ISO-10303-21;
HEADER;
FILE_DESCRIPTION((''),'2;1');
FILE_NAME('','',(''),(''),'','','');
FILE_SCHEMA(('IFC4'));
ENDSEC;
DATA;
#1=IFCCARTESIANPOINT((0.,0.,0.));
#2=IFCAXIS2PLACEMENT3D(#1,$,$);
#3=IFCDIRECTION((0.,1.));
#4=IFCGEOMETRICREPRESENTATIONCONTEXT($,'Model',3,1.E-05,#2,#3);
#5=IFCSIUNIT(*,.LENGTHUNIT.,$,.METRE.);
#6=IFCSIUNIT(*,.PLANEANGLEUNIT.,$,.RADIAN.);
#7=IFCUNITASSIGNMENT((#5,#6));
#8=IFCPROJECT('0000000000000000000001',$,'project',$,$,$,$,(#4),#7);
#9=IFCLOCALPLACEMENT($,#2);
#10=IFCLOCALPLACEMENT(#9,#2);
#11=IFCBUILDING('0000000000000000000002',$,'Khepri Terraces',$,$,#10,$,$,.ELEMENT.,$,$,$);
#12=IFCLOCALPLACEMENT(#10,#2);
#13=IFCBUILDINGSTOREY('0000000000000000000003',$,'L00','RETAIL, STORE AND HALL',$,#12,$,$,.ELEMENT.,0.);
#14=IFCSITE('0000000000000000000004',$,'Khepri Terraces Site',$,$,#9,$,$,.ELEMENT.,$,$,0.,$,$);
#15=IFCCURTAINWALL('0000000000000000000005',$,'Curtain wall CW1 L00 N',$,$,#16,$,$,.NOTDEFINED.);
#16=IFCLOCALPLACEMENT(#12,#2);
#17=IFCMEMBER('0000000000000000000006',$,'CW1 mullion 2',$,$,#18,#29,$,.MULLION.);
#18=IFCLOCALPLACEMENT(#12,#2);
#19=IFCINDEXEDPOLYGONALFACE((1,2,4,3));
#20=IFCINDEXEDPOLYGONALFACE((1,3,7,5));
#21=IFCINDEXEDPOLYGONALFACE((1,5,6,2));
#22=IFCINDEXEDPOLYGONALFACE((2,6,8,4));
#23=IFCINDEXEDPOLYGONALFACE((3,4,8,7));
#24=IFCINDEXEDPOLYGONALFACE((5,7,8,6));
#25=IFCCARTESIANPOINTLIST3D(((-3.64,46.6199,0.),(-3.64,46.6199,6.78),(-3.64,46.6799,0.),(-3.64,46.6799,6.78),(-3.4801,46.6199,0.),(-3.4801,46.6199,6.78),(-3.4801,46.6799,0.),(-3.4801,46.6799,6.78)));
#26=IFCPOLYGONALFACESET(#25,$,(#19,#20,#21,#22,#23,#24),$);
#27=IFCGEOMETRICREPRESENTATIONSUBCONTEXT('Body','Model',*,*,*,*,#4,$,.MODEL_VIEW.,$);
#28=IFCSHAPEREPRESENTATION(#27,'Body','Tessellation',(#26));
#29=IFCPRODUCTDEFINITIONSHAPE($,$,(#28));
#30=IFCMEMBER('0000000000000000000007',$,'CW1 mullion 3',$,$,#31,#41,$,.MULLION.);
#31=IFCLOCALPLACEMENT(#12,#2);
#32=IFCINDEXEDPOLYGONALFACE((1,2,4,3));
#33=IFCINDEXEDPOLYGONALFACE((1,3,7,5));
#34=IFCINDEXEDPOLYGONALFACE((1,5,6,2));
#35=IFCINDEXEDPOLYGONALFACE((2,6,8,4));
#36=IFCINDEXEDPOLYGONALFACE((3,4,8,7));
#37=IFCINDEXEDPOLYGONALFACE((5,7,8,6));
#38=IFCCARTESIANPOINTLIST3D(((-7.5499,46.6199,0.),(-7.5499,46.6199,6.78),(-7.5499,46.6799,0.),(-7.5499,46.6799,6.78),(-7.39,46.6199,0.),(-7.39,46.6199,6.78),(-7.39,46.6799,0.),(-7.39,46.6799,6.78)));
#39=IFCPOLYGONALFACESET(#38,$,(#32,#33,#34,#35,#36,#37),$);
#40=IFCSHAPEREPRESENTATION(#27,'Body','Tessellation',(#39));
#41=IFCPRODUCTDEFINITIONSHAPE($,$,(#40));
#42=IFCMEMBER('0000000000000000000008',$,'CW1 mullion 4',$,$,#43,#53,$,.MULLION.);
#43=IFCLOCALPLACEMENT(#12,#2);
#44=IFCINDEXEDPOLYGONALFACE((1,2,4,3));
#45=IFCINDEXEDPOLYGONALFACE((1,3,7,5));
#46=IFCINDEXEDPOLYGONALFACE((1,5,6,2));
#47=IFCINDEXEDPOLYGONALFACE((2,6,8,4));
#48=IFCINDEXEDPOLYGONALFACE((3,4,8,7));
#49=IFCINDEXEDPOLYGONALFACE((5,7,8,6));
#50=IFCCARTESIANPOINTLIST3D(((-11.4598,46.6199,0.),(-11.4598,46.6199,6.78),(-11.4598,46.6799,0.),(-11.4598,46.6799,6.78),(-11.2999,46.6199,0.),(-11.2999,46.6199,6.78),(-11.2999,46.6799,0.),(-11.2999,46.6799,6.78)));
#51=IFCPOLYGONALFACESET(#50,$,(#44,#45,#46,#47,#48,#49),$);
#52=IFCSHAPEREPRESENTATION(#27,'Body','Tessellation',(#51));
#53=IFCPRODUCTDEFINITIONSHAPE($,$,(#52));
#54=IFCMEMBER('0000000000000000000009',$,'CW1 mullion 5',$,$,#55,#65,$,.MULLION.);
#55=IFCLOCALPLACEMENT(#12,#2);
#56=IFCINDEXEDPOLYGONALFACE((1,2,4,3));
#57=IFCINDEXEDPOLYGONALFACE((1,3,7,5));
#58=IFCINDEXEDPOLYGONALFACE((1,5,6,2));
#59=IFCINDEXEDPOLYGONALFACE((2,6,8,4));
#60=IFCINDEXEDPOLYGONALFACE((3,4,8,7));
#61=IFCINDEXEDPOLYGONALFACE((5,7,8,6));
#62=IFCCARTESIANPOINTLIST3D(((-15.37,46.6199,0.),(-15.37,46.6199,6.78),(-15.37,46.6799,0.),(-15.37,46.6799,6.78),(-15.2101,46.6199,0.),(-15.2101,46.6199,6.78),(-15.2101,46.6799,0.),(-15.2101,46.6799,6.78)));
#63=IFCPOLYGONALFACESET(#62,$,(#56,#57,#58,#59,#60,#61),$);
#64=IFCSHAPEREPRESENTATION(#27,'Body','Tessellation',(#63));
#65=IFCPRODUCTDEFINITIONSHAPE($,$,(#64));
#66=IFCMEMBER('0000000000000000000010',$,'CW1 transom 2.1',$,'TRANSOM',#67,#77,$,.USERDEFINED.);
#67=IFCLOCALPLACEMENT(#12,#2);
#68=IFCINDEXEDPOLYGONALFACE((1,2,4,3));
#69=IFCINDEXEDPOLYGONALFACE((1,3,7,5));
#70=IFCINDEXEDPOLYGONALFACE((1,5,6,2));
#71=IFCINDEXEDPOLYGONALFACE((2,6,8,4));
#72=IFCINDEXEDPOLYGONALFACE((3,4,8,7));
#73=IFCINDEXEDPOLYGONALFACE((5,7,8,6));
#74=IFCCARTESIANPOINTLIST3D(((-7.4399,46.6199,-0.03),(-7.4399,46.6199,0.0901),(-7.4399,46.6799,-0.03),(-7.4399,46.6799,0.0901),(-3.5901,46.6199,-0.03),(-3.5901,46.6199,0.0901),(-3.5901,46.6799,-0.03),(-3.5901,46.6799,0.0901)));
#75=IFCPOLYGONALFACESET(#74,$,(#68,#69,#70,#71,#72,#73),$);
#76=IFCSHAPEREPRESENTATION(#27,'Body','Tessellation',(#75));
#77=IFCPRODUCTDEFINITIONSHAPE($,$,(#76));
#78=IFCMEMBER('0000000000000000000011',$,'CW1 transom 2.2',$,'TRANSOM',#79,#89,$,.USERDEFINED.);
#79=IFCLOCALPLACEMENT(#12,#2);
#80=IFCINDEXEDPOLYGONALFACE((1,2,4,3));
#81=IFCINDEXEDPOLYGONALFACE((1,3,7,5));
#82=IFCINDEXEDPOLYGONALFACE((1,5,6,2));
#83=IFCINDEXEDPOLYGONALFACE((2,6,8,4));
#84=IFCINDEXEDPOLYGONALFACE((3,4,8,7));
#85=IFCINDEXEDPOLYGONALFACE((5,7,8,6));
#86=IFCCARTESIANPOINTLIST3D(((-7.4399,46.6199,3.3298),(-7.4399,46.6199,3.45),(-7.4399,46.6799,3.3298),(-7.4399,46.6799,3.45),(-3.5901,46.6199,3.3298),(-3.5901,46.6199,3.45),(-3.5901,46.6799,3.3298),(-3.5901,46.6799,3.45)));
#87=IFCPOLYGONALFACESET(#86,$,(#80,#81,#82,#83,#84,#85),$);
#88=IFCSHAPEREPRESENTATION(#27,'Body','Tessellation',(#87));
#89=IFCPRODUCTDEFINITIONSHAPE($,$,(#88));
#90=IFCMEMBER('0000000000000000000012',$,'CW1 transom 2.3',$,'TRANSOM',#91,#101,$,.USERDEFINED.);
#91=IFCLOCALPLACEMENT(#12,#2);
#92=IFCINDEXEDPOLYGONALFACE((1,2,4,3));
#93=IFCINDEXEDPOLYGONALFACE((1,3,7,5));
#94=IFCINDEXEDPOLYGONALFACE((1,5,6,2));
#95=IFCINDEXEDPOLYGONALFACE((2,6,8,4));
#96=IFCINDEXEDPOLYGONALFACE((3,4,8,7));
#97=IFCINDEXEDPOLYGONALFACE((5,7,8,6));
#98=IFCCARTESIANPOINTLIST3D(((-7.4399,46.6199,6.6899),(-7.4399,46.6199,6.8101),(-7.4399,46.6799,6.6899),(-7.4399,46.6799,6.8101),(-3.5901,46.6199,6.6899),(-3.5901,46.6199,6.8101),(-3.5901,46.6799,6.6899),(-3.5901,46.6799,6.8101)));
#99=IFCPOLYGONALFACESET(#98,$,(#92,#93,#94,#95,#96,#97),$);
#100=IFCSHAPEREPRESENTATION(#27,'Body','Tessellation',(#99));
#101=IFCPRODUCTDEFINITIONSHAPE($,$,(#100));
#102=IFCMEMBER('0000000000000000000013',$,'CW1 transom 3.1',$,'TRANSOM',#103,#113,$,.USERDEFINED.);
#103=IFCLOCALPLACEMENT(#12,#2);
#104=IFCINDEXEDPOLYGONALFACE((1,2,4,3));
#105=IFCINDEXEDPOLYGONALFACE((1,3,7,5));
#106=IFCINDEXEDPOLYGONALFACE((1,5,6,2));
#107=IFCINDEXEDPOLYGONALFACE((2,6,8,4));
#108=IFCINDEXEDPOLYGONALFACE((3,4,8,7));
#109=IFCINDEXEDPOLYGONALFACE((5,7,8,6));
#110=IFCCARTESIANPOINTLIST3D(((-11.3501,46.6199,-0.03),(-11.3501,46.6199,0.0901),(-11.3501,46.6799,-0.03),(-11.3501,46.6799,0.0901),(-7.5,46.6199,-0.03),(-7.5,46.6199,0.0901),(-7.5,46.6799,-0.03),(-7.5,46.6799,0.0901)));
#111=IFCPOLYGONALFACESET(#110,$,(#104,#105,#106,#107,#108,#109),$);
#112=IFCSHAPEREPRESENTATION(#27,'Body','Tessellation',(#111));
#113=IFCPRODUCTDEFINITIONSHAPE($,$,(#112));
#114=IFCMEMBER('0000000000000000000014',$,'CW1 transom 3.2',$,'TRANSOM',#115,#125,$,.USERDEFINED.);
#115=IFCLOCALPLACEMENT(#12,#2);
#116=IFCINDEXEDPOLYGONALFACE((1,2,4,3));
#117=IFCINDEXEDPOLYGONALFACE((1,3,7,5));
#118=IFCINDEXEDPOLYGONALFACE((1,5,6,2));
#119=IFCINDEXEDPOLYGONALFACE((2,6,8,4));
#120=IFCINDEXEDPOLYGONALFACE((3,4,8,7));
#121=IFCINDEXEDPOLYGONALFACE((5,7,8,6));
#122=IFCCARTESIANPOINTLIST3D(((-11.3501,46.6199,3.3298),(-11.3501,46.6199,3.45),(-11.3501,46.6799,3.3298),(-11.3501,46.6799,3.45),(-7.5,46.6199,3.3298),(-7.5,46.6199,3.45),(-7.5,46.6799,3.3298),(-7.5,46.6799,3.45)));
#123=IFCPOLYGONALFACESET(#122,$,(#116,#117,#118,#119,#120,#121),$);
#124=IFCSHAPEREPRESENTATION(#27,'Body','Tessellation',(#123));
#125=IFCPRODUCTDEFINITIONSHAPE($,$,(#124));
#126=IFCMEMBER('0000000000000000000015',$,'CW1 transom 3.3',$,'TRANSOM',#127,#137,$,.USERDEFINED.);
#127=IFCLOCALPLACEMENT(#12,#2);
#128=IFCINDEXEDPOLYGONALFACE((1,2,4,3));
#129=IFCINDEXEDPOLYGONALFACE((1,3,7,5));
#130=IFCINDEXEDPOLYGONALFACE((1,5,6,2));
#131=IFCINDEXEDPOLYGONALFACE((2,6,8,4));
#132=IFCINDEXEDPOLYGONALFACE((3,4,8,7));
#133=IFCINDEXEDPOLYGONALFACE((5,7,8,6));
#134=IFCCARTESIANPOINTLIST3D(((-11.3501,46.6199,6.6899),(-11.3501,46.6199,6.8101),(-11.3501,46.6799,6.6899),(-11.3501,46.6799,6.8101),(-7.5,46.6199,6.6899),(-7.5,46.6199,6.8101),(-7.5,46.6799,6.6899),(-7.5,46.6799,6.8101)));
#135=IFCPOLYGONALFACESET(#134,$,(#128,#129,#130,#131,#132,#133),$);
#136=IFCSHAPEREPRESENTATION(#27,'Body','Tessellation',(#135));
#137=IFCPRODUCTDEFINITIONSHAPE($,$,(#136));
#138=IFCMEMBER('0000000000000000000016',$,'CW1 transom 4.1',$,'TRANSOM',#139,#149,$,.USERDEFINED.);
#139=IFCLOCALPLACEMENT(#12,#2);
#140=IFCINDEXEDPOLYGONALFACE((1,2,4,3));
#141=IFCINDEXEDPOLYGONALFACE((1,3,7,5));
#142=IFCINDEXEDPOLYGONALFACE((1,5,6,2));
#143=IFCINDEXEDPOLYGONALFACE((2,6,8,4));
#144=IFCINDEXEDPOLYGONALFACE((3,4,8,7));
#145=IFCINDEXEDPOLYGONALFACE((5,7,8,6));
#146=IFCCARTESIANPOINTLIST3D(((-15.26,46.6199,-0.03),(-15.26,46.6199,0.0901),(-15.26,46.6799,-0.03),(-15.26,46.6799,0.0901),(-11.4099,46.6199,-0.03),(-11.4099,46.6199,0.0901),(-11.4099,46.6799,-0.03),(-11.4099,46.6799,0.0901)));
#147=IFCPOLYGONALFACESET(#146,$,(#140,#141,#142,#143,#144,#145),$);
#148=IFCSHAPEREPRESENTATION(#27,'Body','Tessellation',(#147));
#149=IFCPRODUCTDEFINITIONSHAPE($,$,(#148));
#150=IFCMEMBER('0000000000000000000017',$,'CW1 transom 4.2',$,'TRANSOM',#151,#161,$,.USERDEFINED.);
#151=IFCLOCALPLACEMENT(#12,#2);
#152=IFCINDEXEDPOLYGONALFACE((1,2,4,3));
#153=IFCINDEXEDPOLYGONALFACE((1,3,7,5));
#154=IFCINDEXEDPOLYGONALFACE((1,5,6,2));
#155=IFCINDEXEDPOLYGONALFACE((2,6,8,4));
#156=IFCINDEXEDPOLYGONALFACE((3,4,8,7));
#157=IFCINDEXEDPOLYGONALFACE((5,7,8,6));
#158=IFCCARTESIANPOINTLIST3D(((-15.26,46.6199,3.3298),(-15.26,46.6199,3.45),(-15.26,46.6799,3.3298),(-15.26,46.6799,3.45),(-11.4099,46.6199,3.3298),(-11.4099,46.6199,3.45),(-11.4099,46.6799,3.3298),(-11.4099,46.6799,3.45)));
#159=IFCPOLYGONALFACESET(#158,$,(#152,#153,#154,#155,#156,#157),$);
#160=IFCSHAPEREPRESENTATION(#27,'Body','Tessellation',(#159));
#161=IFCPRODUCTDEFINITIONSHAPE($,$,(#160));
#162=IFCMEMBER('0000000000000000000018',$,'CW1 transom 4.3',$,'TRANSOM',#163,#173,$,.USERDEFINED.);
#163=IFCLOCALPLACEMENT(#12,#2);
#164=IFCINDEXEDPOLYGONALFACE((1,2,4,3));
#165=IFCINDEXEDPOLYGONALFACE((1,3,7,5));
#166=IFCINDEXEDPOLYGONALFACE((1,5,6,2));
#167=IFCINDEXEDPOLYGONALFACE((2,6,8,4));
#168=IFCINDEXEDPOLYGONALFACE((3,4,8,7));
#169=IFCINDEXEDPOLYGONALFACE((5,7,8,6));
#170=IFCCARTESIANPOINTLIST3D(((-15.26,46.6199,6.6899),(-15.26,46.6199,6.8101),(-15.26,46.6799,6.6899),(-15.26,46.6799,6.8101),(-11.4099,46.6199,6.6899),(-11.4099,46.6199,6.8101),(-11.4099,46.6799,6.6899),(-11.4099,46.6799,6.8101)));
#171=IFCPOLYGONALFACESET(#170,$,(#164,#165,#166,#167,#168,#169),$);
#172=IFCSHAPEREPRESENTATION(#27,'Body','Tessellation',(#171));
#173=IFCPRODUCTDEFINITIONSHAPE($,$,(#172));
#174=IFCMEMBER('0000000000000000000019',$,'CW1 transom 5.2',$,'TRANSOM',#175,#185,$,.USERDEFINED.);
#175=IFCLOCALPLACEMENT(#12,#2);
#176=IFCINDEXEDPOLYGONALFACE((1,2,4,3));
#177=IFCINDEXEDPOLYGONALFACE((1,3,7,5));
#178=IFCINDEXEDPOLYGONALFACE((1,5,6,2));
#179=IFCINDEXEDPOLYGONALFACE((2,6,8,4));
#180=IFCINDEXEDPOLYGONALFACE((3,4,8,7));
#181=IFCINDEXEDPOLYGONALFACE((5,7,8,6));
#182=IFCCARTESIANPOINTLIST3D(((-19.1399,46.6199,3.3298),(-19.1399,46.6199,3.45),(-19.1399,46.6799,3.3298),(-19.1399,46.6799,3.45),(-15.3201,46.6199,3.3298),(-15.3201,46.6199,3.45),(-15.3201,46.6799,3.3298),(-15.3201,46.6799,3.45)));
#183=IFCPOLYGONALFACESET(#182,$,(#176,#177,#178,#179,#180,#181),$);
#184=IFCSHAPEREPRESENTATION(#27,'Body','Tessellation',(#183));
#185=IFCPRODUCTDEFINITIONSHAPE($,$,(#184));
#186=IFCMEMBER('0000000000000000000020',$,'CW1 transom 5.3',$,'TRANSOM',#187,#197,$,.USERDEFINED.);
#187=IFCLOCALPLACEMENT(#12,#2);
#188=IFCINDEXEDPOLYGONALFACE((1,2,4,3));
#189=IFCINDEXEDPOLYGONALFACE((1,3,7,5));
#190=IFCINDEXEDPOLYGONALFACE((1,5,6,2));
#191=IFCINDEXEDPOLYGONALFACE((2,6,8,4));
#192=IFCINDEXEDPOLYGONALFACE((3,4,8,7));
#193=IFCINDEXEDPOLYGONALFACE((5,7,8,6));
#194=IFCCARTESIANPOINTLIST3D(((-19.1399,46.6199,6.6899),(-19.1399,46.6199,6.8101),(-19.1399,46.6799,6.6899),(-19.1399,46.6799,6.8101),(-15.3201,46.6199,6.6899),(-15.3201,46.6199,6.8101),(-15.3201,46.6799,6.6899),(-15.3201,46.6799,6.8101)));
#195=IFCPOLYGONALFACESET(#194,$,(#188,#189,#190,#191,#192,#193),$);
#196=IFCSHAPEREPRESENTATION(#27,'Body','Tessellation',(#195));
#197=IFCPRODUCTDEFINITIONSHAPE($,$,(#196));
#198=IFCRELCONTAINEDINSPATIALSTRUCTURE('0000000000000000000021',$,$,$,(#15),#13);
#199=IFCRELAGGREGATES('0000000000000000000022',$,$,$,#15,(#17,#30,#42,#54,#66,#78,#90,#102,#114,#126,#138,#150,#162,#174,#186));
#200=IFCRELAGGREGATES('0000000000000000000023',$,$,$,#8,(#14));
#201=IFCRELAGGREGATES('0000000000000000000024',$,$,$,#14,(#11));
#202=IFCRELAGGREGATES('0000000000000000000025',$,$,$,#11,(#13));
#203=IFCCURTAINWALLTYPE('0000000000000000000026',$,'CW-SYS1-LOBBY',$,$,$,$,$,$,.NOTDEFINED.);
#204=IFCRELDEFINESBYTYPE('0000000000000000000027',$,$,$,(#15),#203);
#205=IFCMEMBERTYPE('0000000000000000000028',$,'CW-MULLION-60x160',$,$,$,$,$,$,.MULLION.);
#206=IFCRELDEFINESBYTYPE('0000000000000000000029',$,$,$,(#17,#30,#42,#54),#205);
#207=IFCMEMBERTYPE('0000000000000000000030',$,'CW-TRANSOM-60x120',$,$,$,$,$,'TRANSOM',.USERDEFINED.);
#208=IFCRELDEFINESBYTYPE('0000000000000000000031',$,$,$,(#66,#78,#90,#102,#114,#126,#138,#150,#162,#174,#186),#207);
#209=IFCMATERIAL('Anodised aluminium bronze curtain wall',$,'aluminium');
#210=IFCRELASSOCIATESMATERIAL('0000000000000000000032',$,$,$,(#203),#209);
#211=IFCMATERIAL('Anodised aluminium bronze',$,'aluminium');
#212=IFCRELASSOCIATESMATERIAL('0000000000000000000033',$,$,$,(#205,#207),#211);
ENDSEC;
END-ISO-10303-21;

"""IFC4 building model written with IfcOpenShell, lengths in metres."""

from ifc_helpers import new_model, si_unit, direction, frame, origin, origin_2d, place, context, subcontext, project, spatial, rectangle, extrude, material, material_profile, profile_set, type_object, element, aggregate, save


model = new_model("IFC4")

# Units and contexts
model_context = context("Model", 3, precision=1e-05, world=origin(), true_north=direction((0.0, 1.0)))
body_context = subcontext(model_context, "Body", "Model", "MODEL_VIEW")
ifc_project = project(units=[si_unit("LENGTHUNIT", "METRE"), si_unit("PLANEANGLEUNIT", "RADIAN")], contexts=[model_context])

# Site, building, storey
site_placement = place(None, origin())
site = spatial("IfcSite", under=ifc_project, at=site_placement, Name="Khepri Terraces Site", CompositionType="ELEMENT", RefElevation=0.0)
building_placement = place(site_placement, origin())
building = spatial("IfcBuilding", under=site, at=building_placement, Name="Khepri Terraces", CompositionType="ELEMENT")
storey_placement = place(building_placement, origin())
storey = spatial("IfcBuildingStorey", under=building, at=storey_placement, Name="L00", Description="RETAIL, STORE AND HALL", CompositionType="ELEMENT", Elevation=0.0)

# Curtain wall, members
ifc_material_1 = material(Name="Anodised aluminium bronze curtain wall", Category="aluminium")
curtain_wall_type = type_object("IfcCurtainWallType", Name="CW-SYS1-LOBBY", PredefinedType="NOTDEFINED", material=ifc_material_1)
curtain_wall_placement = place(storey_placement, origin())
curtain_wall = element("IfcCurtainWall", 1, at=curtain_wall_placement, inside=storey, type_object=curtain_wall_type, Name="Curtain wall CW1 L00 N", PredefinedType="NOTDEFINED")
ifc_material_2 = material(Name="Anodised aluminium bronze", Category="aluminium")
ifc_material_profile_1 = material_profile(ifc_material_2, rectangle(XDim=0.0601, YDim=0.1599, at=origin_2d()), Name="Anodised aluminium bronze", Category="aluminium")
ifc_profile_set_1 = profile_set([ifc_material_profile_1], Name="Anodised aluminium bronze")
member_type_1 = type_object("IfcMemberType", Name="CW-MULLION-60x160", PredefinedType="MULLION", material=ifc_profile_set_1)
member_1_placement = place(storey_placement, frame((-3.5601, 46.6499, 0.0), z_axis=(0.0, 0.0, 1.0), x_axis=(0.0, -1.0, 0.0)))
member_1 = element("IfcMember", 2, at=member_1_placement, type_object=member_type_1, Name="CW1 mullion 2", PredefinedType="MULLION", context=body_context, shape_type="SweptSolid", body=[
    extrude(rectangle(XDim=0.0601, YDim=0.1599, at=origin_2d()), origin(), (0.0, 0.0, 1.0), 6.78),
])
member_2_placement = place(storey_placement, frame((-7.47, 46.6499, 0.0), z_axis=(0.0, 0.0, 1.0), x_axis=(0.0, -1.0, 0.0)))
member_2 = element("IfcMember", 3, at=member_2_placement, type_object=member_type_1, Name="CW1 mullion 3", PredefinedType="MULLION", context=body_context, shape_type="SweptSolid", body=[
    extrude(rectangle(XDim=0.0601, YDim=0.1599, at=origin_2d()), origin(), (0.0, 0.0, 1.0), 6.78),
])
member_3_placement = place(storey_placement, frame((-11.3799, 46.6499, 0.0), z_axis=(0.0, 0.0, 1.0), x_axis=(0.0, -1.0, 0.0)))
member_3 = element("IfcMember", 4, at=member_3_placement, type_object=member_type_1, Name="CW1 mullion 4", PredefinedType="MULLION", context=body_context, shape_type="SweptSolid", body=[
    extrude(rectangle(XDim=0.0601, YDim=0.1599, at=origin_2d()), origin(), (0.0, 0.0, 1.0), 6.78),
])
member_4_placement = place(storey_placement, frame((-15.29, 46.6499, 0.0), z_axis=(0.0, 0.0, 1.0), x_axis=(0.0, -1.0, 0.0)))
member_4 = element("IfcMember", 5, at=member_4_placement, type_object=member_type_1, Name="CW1 mullion 5", PredefinedType="MULLION", context=body_context, shape_type="SweptSolid", body=[
    extrude(rectangle(XDim=0.0601, YDim=0.1599, at=origin_2d()), origin(), (0.0, 0.0, 1.0), 6.78),
])
ifc_material_profile_2 = material_profile(ifc_material_2, rectangle(XDim=0.0601, YDim=0.1201, at=origin_2d()), Name="Anodised aluminium bronze", Category="aluminium")
ifc_profile_set_2 = profile_set([ifc_material_profile_2], Name="Anodised aluminium bronze")
member_type_2 = type_object("IfcMemberType", Name="CW-TRANSOM-60x120", ElementType="TRANSOM", PredefinedType="USERDEFINED", material=ifc_profile_set_2)
member_5_placement = place(storey_placement, frame((-3.5901, 46.6499, 0.03), z_axis=(-1.0, 0.0, 0.0), x_axis=(0.0, -1.0, 0.0)))
member_5 = element("IfcMember", 6, at=member_5_placement, type_object=member_type_2, Name="CW1 transom 2.1", ObjectType="TRANSOM", PredefinedType="USERDEFINED", context=body_context, shape_type="SweptSolid", body=[
    extrude(rectangle(XDim=0.0601, YDim=0.1201, at=origin_2d()), origin(), (0.0, 0.0, 1.0), 3.8499),
])
member_6_placement = place(storey_placement, frame((-3.5901, 46.6499, 3.3899), z_axis=(-1.0, 0.0, 0.0), x_axis=(0.0, -1.0, 0.0)))
member_6 = element("IfcMember", 7, at=member_6_placement, type_object=member_type_2, Name="CW1 transom 2.2", ObjectType="TRANSOM", PredefinedType="USERDEFINED", context=body_context, shape_type="SweptSolid", body=[
    extrude(rectangle(XDim=0.0601, YDim=0.1201, at=origin_2d()), origin(), (0.0, 0.0, 1.0), 3.8499),
])
member_7_placement = place(storey_placement, frame((-3.5901, 46.6499, 6.75), z_axis=(-1.0, 0.0, 0.0), x_axis=(0.0, -1.0, 0.0)))
member_7 = element("IfcMember", 8, at=member_7_placement, type_object=member_type_2, Name="CW1 transom 2.3", ObjectType="TRANSOM", PredefinedType="USERDEFINED", context=body_context, shape_type="SweptSolid", body=[
    extrude(rectangle(XDim=0.0601, YDim=0.1201, at=origin_2d()), origin(), (0.0, 0.0, 1.0), 3.8499),
])
member_8_placement = place(storey_placement, frame((-7.5, 46.6499, 0.03), z_axis=(-1.0, 0.0, 0.0), x_axis=(0.0, -1.0, 0.0)))
member_8 = element("IfcMember", 9, at=member_8_placement, type_object=member_type_2, Name="CW1 transom 3.1", ObjectType="TRANSOM", PredefinedType="USERDEFINED", context=body_context, shape_type="SweptSolid", body=[
    extrude(rectangle(XDim=0.0601, YDim=0.1201, at=origin_2d()), origin(), (0.0, 0.0, 1.0), 3.8501),
])
member_9_placement = place(storey_placement, frame((-7.5, 46.6499, 3.3899), z_axis=(-1.0, 0.0, 0.0), x_axis=(0.0, -1.0, 0.0)))
member_9 = element("IfcMember", 10, at=member_9_placement, type_object=member_type_2, Name="CW1 transom 3.2", ObjectType="TRANSOM", PredefinedType="USERDEFINED", context=body_context, shape_type="SweptSolid", body=[
    extrude(rectangle(XDim=0.0601, YDim=0.1201, at=origin_2d()), origin(), (0.0, 0.0, 1.0), 3.8501),
])
member_10_placement = place(storey_placement, frame((-7.5, 46.6499, 6.75), z_axis=(-1.0, 0.0, 0.0), x_axis=(0.0, -1.0, 0.0)))
member_10 = element("IfcMember", 11, at=member_10_placement, type_object=member_type_2, Name="CW1 transom 3.3", ObjectType="TRANSOM", PredefinedType="USERDEFINED", context=body_context, shape_type="SweptSolid", body=[
    extrude(rectangle(XDim=0.0601, YDim=0.1201, at=origin_2d()), origin(), (0.0, 0.0, 1.0), 3.8501),
])
member_11_placement = place(storey_placement, frame((-11.4099, 46.6499, 0.03), z_axis=(-1.0, 0.0, 0.0), x_axis=(0.0, -1.0, 0.0)))
member_11 = element("IfcMember", 12, at=member_11_placement, type_object=member_type_2, Name="CW1 transom 4.1", ObjectType="TRANSOM", PredefinedType="USERDEFINED", context=body_context, shape_type="SweptSolid", body=[
    extrude(rectangle(XDim=0.0601, YDim=0.1201, at=origin_2d()), origin(), (0.0, 0.0, 1.0), 3.8501),
])
member_12_placement = place(storey_placement, frame((-11.4099, 46.6499, 3.3899), z_axis=(-1.0, 0.0, 0.0), x_axis=(0.0, -1.0, 0.0)))
member_12 = element("IfcMember", 13, at=member_12_placement, type_object=member_type_2, Name="CW1 transom 4.2", ObjectType="TRANSOM", PredefinedType="USERDEFINED", context=body_context, shape_type="SweptSolid", body=[
    extrude(rectangle(XDim=0.0601, YDim=0.1201, at=origin_2d()), origin(), (0.0, 0.0, 1.0), 3.8501),
])
member_13_placement = place(storey_placement, frame((-11.4099, 46.6499, 6.75), z_axis=(-1.0, 0.0, 0.0), x_axis=(0.0, -1.0, 0.0)))
member_13 = element("IfcMember", 14, at=member_13_placement, type_object=member_type_2, Name="CW1 transom 4.3", ObjectType="TRANSOM", PredefinedType="USERDEFINED", context=body_context, shape_type="SweptSolid", body=[
    extrude(rectangle(XDim=0.0601, YDim=0.1201, at=origin_2d()), origin(), (0.0, 0.0, 1.0), 3.8501),
])
member_14_placement = place(storey_placement, frame((-15.3201, 46.6499, 3.3899), z_axis=(-1.0, 0.0, 0.0), x_axis=(0.0, -1.0, 0.0)))
member_14 = element("IfcMember", 15, at=member_14_placement, type_object=member_type_2, Name="CW1 transom 5.2", ObjectType="TRANSOM", PredefinedType="USERDEFINED", context=body_context, shape_type="SweptSolid", body=[
    extrude(rectangle(XDim=0.0601, YDim=0.1201, at=origin_2d()), origin(), (0.0, 0.0, 1.0), 3.8198),
])
member_15_placement = place(storey_placement, frame((-15.3201, 46.6499, 6.75), z_axis=(-1.0, 0.0, 0.0), x_axis=(0.0, -1.0, 0.0)))
member_15 = element("IfcMember", 16, at=member_15_placement, type_object=member_type_2, Name="CW1 transom 5.3", ObjectType="TRANSOM", PredefinedType="USERDEFINED", context=body_context, shape_type="SweptSolid", body=[
    extrude(rectangle(XDim=0.0601, YDim=0.1201, at=origin_2d()), origin(), (0.0, 0.0, 1.0), 3.8198),
])
aggregate(curtain_wall, [member_1, member_2, member_3, member_4, member_5, member_6, member_7, member_8, member_9, member_10, member_11, member_12, member_13, member_14, member_15])

save(model, "model.ifc")
